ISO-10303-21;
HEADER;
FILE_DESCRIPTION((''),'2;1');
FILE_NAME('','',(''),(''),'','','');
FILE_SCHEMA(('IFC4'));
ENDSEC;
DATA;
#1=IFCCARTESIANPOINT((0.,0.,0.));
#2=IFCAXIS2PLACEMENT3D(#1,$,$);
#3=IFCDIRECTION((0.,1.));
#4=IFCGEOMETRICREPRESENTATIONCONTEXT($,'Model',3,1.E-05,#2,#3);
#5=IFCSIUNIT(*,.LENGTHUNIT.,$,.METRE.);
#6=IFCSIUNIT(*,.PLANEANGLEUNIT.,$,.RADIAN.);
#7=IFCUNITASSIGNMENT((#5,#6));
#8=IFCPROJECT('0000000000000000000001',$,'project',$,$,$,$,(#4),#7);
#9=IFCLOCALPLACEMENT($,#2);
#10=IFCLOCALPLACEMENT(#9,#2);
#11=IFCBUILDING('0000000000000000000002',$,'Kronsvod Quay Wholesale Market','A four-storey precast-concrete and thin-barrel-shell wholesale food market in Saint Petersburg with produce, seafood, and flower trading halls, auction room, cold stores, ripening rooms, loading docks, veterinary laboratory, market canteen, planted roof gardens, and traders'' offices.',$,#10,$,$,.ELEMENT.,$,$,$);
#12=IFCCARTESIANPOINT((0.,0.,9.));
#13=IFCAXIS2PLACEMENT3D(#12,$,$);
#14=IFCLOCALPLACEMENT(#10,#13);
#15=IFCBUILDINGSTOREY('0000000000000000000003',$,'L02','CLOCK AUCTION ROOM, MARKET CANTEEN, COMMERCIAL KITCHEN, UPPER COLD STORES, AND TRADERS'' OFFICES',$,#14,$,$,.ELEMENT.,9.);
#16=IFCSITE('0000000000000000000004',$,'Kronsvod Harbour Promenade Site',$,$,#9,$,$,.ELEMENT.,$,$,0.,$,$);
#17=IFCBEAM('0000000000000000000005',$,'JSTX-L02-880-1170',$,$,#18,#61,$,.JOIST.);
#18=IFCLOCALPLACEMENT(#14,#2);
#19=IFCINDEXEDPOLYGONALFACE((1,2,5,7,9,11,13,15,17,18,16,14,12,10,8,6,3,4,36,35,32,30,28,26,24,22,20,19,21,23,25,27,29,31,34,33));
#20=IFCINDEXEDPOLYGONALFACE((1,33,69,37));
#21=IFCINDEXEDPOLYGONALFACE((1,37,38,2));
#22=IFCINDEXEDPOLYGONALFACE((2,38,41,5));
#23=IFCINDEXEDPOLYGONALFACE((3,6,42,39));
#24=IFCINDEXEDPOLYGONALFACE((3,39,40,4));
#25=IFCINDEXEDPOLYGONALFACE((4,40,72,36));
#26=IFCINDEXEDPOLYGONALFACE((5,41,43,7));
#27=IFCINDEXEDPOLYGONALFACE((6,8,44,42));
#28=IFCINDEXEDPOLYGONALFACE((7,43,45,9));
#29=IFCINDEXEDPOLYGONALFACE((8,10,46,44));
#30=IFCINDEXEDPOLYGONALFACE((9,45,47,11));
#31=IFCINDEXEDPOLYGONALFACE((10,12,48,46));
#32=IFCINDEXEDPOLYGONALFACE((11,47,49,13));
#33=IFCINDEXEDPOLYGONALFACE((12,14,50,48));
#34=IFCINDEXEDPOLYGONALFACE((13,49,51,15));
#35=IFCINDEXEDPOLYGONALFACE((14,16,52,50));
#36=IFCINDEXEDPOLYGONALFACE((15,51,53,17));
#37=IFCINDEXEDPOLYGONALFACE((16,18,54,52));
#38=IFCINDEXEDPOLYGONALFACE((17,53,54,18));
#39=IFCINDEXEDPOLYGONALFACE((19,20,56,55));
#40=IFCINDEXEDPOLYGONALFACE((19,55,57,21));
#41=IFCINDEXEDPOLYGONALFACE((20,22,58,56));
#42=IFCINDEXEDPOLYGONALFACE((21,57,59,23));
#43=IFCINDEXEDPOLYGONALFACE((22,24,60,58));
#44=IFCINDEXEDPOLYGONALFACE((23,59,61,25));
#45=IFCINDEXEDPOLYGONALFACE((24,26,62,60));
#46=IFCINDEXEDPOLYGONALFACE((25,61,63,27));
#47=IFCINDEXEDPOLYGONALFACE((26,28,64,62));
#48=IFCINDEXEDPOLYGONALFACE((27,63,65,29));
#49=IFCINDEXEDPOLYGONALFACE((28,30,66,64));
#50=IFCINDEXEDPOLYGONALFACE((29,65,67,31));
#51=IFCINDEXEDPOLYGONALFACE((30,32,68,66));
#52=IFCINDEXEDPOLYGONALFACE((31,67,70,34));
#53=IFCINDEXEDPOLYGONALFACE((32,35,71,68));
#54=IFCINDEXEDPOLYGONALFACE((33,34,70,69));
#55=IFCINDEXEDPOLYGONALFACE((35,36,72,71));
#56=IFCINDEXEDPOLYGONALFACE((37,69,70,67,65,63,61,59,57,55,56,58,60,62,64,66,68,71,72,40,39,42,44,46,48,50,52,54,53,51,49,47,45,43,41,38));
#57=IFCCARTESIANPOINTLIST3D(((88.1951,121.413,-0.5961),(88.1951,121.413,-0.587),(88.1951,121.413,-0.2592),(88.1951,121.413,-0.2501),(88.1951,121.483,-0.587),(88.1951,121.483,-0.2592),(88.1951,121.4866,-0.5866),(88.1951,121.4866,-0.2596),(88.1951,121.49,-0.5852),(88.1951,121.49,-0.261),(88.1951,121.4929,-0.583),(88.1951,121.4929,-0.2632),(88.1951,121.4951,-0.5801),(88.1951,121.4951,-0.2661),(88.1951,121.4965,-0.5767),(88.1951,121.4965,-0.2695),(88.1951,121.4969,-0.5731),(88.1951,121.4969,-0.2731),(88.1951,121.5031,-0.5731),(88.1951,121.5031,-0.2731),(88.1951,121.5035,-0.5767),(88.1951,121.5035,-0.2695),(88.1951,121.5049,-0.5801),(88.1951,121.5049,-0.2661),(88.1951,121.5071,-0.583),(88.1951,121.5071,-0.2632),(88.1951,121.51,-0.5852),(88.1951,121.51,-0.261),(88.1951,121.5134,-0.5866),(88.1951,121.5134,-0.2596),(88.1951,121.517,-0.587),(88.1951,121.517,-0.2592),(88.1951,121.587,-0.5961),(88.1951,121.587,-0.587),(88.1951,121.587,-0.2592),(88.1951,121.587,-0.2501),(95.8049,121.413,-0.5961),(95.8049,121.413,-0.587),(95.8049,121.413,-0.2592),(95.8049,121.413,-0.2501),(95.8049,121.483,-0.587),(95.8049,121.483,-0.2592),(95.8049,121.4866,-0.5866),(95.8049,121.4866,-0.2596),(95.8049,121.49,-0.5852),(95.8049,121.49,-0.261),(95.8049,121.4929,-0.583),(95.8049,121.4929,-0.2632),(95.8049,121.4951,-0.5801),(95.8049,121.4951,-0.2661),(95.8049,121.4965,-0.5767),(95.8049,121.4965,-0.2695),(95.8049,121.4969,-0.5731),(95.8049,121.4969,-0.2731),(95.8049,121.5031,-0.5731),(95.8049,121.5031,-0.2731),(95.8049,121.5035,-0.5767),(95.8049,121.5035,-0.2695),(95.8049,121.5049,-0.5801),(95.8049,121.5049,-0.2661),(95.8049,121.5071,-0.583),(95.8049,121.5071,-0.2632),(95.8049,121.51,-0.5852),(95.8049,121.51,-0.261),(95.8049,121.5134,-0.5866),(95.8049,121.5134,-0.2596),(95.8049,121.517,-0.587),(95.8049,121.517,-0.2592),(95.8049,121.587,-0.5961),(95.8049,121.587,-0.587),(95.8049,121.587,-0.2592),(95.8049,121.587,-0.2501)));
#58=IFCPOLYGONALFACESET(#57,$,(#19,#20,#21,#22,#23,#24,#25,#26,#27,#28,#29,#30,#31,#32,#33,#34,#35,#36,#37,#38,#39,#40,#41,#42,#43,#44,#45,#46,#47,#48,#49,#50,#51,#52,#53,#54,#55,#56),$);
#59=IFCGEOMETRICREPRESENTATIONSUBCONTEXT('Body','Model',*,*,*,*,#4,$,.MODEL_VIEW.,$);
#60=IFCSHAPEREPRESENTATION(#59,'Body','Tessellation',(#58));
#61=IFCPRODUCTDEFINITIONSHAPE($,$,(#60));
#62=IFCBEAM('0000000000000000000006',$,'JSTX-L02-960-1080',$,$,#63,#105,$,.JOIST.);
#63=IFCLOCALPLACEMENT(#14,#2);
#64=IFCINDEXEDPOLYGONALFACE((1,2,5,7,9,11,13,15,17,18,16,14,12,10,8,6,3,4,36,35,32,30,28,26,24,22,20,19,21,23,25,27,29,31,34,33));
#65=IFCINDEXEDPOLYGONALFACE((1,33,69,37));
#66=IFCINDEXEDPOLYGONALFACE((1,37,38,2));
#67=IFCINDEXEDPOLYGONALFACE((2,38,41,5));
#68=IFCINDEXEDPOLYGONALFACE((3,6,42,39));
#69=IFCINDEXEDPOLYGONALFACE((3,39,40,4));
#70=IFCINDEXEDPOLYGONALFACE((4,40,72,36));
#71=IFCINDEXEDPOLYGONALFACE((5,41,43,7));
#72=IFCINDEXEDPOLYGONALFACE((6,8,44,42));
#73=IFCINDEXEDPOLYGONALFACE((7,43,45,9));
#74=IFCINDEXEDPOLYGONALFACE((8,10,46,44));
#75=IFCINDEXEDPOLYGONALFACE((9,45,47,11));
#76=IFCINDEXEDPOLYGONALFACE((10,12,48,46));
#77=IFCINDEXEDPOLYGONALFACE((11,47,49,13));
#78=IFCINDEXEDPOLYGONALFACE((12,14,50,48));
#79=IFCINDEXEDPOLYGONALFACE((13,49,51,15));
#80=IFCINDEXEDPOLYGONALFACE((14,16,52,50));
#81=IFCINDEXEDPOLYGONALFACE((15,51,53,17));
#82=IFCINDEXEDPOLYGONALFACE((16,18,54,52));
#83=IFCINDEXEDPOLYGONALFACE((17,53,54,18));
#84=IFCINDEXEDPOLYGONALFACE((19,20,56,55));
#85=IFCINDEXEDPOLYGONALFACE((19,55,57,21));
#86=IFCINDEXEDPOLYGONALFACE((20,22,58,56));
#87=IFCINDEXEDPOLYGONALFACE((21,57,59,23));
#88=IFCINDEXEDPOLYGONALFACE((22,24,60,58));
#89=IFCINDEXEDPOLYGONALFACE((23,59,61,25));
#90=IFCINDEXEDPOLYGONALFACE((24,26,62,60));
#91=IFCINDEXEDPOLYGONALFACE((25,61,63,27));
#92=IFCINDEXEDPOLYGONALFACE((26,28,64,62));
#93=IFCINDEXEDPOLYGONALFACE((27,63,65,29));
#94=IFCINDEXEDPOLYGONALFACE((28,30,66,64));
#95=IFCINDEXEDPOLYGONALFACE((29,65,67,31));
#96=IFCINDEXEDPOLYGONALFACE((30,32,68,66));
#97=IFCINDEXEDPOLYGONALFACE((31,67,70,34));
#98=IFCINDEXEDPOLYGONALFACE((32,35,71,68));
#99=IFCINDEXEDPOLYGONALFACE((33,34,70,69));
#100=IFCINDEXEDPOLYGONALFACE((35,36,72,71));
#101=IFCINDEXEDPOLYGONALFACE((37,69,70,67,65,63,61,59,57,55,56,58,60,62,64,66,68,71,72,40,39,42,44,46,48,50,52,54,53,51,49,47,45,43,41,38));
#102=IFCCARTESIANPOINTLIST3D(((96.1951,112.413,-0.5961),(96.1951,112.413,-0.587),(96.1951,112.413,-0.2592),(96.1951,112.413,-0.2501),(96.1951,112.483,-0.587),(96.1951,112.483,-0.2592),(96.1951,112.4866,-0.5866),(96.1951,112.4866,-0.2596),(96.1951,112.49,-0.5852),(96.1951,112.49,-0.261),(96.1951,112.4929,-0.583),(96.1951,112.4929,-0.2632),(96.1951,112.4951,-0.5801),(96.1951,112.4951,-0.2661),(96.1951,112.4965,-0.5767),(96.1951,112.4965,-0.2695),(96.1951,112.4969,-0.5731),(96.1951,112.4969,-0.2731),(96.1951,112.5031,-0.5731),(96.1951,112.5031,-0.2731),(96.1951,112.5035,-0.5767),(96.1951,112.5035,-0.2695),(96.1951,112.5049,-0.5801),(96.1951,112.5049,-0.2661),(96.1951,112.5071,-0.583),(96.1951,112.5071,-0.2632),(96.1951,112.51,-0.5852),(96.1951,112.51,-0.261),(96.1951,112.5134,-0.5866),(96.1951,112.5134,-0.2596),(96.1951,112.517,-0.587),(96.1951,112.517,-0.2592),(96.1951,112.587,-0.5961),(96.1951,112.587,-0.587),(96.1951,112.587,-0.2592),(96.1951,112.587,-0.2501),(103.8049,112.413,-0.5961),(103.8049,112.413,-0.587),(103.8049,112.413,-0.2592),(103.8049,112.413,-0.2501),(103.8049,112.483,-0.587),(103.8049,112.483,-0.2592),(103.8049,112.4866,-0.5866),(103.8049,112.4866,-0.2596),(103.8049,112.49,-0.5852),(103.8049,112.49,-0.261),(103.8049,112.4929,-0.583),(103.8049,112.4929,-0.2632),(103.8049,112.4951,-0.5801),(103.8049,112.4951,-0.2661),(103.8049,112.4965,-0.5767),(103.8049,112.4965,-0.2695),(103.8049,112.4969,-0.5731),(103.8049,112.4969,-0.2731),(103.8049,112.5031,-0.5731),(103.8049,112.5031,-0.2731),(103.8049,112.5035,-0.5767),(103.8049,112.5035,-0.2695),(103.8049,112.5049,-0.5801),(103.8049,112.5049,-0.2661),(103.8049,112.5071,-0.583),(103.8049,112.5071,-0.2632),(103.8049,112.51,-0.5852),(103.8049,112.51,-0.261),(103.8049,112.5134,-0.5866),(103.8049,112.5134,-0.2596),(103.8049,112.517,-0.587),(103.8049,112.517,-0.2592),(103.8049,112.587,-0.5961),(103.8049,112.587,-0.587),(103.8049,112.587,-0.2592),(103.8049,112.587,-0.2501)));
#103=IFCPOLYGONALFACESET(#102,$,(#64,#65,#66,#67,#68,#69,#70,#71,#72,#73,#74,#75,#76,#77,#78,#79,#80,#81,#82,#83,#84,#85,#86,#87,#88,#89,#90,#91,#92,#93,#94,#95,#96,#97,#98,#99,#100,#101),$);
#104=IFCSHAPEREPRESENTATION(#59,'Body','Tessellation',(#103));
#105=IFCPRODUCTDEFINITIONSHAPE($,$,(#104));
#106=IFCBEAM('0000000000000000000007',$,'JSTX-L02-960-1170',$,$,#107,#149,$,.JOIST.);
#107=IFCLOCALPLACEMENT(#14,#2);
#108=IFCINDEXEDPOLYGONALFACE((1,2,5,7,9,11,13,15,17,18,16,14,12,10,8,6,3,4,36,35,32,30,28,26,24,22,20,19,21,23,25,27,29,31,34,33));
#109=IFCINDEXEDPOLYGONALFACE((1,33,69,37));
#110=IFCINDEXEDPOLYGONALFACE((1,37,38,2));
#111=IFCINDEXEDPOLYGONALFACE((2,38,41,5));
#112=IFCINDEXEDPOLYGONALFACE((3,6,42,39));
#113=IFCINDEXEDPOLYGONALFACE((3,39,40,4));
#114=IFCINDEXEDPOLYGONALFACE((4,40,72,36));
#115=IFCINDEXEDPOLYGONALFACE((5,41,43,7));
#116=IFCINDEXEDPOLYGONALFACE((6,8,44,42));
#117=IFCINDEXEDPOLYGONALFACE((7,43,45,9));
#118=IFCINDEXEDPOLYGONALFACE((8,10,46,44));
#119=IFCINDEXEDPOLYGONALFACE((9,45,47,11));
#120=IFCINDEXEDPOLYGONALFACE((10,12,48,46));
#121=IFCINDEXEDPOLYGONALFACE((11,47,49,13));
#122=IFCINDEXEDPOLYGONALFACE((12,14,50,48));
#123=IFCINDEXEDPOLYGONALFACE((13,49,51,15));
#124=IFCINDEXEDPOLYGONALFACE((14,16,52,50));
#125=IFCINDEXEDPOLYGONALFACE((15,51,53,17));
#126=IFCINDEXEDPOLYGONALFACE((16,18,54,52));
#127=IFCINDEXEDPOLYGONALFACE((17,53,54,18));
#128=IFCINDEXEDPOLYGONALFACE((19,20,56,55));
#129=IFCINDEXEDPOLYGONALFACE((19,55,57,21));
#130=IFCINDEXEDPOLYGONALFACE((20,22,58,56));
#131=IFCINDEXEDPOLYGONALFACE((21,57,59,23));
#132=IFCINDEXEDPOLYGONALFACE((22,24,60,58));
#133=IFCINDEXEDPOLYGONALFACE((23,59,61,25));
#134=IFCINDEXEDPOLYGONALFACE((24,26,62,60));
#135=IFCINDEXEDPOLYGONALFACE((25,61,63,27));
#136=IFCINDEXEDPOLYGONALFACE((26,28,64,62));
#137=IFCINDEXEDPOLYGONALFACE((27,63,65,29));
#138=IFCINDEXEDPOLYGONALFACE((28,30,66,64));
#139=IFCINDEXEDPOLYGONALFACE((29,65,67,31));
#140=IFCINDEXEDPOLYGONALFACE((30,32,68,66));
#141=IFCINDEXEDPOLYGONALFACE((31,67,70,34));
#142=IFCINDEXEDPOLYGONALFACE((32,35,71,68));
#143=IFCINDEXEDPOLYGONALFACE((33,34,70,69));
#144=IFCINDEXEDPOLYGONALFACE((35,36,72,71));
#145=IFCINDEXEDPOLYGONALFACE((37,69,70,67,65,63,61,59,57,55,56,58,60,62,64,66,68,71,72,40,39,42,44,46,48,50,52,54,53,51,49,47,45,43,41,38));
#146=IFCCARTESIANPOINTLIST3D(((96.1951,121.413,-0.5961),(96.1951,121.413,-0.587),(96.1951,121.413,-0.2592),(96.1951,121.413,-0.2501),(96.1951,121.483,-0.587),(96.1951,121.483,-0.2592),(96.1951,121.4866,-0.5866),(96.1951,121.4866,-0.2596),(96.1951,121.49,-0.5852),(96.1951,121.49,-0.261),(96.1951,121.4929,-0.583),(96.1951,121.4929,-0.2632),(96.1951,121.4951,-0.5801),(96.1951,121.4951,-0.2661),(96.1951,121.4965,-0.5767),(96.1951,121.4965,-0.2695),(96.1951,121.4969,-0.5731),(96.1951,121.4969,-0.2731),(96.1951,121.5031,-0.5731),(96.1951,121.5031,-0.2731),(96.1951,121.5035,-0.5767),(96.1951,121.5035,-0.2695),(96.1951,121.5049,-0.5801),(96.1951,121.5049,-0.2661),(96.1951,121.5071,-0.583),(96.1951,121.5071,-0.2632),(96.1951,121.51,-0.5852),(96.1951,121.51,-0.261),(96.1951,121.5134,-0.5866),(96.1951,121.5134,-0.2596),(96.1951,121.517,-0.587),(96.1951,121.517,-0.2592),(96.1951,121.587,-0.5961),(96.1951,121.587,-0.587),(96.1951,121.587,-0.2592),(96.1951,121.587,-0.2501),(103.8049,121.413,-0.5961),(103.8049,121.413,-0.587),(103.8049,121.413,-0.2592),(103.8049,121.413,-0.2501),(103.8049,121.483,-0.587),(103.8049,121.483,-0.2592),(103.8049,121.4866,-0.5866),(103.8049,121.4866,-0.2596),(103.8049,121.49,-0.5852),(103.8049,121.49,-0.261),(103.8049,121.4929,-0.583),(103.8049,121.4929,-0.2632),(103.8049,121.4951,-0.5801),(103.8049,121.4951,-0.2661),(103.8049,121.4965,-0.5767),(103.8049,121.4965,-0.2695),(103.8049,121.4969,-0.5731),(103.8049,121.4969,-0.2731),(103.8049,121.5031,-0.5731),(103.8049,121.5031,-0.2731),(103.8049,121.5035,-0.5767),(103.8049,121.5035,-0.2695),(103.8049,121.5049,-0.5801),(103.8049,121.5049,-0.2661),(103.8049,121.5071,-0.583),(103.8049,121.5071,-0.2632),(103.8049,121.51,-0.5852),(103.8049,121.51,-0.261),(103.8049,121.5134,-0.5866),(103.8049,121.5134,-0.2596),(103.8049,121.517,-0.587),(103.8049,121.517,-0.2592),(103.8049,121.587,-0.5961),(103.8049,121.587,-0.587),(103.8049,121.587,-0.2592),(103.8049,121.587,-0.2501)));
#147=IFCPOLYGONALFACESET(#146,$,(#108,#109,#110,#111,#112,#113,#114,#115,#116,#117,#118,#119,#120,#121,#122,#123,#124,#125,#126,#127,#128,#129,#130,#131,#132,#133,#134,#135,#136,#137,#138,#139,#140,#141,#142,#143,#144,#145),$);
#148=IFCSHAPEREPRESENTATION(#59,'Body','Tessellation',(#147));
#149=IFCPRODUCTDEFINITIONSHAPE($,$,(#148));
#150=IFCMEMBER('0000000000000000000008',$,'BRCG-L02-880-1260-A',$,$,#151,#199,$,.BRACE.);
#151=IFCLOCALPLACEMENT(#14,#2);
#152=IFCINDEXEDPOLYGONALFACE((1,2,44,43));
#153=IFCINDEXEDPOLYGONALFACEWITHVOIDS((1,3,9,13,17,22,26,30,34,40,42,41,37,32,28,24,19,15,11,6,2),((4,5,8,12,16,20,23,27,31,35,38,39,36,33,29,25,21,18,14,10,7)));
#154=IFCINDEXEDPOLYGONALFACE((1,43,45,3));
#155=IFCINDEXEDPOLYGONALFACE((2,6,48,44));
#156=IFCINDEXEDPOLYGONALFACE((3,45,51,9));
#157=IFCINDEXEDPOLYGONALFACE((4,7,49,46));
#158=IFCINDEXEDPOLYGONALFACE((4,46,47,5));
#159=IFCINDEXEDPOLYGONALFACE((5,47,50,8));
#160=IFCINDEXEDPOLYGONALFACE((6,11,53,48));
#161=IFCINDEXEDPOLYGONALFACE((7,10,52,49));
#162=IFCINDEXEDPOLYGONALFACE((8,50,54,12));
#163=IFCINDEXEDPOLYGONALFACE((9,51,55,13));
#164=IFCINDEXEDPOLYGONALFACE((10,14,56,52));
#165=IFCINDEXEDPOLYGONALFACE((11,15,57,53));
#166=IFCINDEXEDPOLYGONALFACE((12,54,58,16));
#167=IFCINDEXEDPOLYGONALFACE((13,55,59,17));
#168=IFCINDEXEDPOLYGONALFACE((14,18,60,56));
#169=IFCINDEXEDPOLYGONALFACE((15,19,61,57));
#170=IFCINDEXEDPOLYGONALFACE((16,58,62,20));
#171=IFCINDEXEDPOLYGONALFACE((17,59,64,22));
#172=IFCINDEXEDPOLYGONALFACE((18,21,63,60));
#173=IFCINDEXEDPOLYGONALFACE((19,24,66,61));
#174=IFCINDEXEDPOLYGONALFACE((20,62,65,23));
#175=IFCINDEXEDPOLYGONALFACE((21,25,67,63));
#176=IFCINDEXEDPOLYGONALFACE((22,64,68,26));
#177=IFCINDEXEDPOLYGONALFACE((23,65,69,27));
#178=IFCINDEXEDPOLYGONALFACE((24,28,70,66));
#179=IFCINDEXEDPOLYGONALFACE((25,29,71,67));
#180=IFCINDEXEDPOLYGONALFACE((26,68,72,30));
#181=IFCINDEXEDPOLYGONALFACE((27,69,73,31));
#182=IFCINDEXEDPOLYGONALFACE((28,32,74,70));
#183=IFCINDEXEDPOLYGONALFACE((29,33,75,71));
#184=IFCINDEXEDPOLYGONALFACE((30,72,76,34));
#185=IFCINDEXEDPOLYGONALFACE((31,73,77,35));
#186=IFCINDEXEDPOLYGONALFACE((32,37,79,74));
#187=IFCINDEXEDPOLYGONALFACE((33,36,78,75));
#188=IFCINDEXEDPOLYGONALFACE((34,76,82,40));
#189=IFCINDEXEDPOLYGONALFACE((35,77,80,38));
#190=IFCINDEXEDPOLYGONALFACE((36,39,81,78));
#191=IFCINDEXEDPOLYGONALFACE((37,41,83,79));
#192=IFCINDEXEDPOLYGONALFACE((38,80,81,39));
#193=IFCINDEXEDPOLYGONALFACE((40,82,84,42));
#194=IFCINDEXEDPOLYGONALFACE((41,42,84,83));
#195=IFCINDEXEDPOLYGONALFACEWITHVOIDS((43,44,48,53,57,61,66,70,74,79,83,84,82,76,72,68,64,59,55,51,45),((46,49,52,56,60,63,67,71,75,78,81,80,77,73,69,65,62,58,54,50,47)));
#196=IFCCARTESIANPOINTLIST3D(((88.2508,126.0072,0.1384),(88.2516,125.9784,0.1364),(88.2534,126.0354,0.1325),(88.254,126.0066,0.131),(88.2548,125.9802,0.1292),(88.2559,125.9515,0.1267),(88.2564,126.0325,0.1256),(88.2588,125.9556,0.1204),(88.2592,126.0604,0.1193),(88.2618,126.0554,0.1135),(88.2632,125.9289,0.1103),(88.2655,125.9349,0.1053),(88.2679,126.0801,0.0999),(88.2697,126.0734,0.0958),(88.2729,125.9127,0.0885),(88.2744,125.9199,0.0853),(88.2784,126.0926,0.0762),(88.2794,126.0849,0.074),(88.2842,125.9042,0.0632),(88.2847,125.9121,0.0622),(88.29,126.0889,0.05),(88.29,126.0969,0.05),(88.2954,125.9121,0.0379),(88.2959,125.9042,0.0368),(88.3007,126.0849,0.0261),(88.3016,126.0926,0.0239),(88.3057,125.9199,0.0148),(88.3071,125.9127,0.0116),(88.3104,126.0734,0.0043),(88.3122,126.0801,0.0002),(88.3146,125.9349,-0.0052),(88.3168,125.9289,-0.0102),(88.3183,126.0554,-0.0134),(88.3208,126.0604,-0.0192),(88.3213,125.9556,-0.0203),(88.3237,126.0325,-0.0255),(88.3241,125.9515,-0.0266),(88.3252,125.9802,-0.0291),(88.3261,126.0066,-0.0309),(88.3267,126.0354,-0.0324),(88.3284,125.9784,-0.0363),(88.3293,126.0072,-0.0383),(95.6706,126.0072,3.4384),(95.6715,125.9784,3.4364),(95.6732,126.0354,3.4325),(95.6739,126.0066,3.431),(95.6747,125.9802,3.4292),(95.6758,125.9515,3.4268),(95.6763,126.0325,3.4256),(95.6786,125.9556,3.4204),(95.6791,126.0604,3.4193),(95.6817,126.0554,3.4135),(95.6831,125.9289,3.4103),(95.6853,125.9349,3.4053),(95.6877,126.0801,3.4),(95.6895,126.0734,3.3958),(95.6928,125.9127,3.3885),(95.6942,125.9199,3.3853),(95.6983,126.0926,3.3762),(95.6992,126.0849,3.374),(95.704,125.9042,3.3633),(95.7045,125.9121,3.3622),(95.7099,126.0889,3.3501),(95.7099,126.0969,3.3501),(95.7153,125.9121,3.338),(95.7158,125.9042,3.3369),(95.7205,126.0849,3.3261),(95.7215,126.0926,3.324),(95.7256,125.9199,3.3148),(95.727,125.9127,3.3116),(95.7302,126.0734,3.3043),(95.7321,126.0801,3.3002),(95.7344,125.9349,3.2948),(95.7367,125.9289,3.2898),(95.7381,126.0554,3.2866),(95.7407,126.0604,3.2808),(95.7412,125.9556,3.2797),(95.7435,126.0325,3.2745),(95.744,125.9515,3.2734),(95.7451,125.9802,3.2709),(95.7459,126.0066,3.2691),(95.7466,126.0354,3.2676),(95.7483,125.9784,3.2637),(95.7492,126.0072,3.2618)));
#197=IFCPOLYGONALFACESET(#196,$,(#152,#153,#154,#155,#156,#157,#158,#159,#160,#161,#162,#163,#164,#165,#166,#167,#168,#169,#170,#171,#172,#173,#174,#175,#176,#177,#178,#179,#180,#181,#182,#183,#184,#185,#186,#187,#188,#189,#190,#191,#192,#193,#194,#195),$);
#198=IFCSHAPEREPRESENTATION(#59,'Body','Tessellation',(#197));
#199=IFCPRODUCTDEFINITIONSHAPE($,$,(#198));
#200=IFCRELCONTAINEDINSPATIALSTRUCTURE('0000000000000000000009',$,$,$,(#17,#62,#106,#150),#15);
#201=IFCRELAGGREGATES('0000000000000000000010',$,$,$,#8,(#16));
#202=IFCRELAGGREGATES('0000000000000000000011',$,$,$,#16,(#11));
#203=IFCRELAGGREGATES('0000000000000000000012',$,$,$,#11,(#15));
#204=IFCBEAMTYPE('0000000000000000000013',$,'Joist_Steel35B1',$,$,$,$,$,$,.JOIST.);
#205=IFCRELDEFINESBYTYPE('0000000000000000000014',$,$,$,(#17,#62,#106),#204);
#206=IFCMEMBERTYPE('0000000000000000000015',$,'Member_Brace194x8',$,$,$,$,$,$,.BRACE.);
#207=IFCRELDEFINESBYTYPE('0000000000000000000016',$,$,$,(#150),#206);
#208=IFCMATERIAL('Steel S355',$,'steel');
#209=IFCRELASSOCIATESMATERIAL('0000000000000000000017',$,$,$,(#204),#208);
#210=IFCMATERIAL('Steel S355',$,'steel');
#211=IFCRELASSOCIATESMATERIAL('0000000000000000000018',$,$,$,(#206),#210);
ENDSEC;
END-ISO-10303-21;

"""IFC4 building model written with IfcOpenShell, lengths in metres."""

from ifc_helpers import new_model, si_unit, direction, frame, origin, origin_2d, place, context, subcontext, project, spatial, hollow_circle, i_section, extrude, material, material_profile, profile_set, type_object, element, save


model = new_model("IFC4")

# Units and contexts
model_context = context("Model", 3, precision=1e-05, world=origin(), true_north=direction((0.0, 1.0)))
body_context = subcontext(model_context, "Body", "Model", "MODEL_VIEW")
ifc_project = project(units=[si_unit("LENGTHUNIT", "METRE"), si_unit("PLANEANGLEUNIT", "RADIAN")], contexts=[model_context])

# Site, building, storey
site_placement = place(None, origin())
site = spatial("IfcSite", under=ifc_project, at=site_placement, Name="Kronsvod Harbour Promenade Site", CompositionType="ELEMENT", RefElevation=0.0)
building_placement = place(site_placement, origin())
building = spatial("IfcBuilding", under=site, at=building_placement, Name="Kronsvod Quay Wholesale Market", Description="A four-storey precast-concrete and thin-barrel-shell wholesale food market in Saint Petersburg with produce, seafood, and flower trading halls, auction room, cold stores, ripening rooms, loading docks, veterinary laboratory, market canteen, planted roof gardens, and traders' offices.", CompositionType="ELEMENT")
storey_placement = place(building_placement, frame((0.0, 0.0, 9.0)))
storey = spatial("IfcBuildingStorey", under=building, at=storey_placement, Name="L02", Description="CLOCK AUCTION ROOM, MARKET CANTEEN, COMMERCIAL KITCHEN, UPPER COLD STORES, AND TRADERS' OFFICES", CompositionType="ELEMENT", Elevation=9.0)

# Beams
ifc_material_1 = material(Name="Steel S355", Category="steel")
ifc_material_profile_1 = material_profile(ifc_material_1, i_section(OverallWidth=0.1741, OverallDepth=0.3459, WebThickness=0.0061, FlangeThickness=0.009, FilletRadius=0.0139, at=origin_2d()), Name="35B1")
ifc_profile_set_1 = profile_set([ifc_material_profile_1], Name="Steel S355")
beam_type_1 = type_object("IfcBeamType", Name="Joist_Steel35B1", PredefinedType="JOIST", material=ifc_profile_set_1)
for number, where, z_axis, x_axis, name in (
    (1, (88.1951, 121.5, -0.4231), (1.0, 0.0, 0.0), (0.0, 1.0, 0.0), "JSTX-L02-880-1170"),
    (2, (96.1951, 112.5, -0.4231), (1.0, 0.0, 0.0), (0.0, 1.0, 0.0), "JSTX-L02-960-1080"),
    (3, (96.1951, 121.5, -0.4231), (1.0, 0.0, 0.0), (0.0, 1.0, 0.0), "JSTX-L02-960-1170"),
):
    element("IfcBeam", number, at=place(storey_placement, frame(where, z_axis=z_axis, x_axis=x_axis)), inside=storey, type_object=beam_type_1, Name=name, PredefinedType="JOIST", context=body_context, shape_type="SweptSolid", body=[
        extrude(i_section(OverallWidth=0.1741, OverallDepth=0.3459, WebThickness=0.0061, FlangeThickness=0.009, FilletRadius=0.0139, at=origin_2d()), origin(), (0.0, 0.0, 1.0), 7.6099),
    ])

# Member
ifc_material_2 = material(Name="Steel S355", Category="steel")
ifc_material_profile_2 = material_profile(ifc_material_2, hollow_circle(Radius=0.0969, WallThickness=0.0081, at=origin_2d()), Name="CHS194x8")
ifc_profile_set_2 = profile_set([ifc_material_profile_2], Name="Steel S355")
member_type_1 = type_object("IfcMemberType", Name="Member_Brace194x8", PredefinedType="BRACE", material=ifc_profile_set_2)
member_1_placement = place(storey_placement, frame((88.29, 126.0, 0.05), z_axis=(0.913706, 0.0, 0.406376), x_axis=(0.0, 1.0, 0.0)))
element("IfcMember", 4, at=member_1_placement, inside=storey, type_object=member_type_1, Name="BRCG-L02-880-1260-A", PredefinedType="BRACE", context=body_context, shape_type="SweptSolid", body=[
    extrude(hollow_circle(Radius=0.0969, WallThickness=0.0081, at=origin_2d()), origin(), (0.0, 0.0, 1.0), 8.1206),
])

save(model, "model.ifc")
